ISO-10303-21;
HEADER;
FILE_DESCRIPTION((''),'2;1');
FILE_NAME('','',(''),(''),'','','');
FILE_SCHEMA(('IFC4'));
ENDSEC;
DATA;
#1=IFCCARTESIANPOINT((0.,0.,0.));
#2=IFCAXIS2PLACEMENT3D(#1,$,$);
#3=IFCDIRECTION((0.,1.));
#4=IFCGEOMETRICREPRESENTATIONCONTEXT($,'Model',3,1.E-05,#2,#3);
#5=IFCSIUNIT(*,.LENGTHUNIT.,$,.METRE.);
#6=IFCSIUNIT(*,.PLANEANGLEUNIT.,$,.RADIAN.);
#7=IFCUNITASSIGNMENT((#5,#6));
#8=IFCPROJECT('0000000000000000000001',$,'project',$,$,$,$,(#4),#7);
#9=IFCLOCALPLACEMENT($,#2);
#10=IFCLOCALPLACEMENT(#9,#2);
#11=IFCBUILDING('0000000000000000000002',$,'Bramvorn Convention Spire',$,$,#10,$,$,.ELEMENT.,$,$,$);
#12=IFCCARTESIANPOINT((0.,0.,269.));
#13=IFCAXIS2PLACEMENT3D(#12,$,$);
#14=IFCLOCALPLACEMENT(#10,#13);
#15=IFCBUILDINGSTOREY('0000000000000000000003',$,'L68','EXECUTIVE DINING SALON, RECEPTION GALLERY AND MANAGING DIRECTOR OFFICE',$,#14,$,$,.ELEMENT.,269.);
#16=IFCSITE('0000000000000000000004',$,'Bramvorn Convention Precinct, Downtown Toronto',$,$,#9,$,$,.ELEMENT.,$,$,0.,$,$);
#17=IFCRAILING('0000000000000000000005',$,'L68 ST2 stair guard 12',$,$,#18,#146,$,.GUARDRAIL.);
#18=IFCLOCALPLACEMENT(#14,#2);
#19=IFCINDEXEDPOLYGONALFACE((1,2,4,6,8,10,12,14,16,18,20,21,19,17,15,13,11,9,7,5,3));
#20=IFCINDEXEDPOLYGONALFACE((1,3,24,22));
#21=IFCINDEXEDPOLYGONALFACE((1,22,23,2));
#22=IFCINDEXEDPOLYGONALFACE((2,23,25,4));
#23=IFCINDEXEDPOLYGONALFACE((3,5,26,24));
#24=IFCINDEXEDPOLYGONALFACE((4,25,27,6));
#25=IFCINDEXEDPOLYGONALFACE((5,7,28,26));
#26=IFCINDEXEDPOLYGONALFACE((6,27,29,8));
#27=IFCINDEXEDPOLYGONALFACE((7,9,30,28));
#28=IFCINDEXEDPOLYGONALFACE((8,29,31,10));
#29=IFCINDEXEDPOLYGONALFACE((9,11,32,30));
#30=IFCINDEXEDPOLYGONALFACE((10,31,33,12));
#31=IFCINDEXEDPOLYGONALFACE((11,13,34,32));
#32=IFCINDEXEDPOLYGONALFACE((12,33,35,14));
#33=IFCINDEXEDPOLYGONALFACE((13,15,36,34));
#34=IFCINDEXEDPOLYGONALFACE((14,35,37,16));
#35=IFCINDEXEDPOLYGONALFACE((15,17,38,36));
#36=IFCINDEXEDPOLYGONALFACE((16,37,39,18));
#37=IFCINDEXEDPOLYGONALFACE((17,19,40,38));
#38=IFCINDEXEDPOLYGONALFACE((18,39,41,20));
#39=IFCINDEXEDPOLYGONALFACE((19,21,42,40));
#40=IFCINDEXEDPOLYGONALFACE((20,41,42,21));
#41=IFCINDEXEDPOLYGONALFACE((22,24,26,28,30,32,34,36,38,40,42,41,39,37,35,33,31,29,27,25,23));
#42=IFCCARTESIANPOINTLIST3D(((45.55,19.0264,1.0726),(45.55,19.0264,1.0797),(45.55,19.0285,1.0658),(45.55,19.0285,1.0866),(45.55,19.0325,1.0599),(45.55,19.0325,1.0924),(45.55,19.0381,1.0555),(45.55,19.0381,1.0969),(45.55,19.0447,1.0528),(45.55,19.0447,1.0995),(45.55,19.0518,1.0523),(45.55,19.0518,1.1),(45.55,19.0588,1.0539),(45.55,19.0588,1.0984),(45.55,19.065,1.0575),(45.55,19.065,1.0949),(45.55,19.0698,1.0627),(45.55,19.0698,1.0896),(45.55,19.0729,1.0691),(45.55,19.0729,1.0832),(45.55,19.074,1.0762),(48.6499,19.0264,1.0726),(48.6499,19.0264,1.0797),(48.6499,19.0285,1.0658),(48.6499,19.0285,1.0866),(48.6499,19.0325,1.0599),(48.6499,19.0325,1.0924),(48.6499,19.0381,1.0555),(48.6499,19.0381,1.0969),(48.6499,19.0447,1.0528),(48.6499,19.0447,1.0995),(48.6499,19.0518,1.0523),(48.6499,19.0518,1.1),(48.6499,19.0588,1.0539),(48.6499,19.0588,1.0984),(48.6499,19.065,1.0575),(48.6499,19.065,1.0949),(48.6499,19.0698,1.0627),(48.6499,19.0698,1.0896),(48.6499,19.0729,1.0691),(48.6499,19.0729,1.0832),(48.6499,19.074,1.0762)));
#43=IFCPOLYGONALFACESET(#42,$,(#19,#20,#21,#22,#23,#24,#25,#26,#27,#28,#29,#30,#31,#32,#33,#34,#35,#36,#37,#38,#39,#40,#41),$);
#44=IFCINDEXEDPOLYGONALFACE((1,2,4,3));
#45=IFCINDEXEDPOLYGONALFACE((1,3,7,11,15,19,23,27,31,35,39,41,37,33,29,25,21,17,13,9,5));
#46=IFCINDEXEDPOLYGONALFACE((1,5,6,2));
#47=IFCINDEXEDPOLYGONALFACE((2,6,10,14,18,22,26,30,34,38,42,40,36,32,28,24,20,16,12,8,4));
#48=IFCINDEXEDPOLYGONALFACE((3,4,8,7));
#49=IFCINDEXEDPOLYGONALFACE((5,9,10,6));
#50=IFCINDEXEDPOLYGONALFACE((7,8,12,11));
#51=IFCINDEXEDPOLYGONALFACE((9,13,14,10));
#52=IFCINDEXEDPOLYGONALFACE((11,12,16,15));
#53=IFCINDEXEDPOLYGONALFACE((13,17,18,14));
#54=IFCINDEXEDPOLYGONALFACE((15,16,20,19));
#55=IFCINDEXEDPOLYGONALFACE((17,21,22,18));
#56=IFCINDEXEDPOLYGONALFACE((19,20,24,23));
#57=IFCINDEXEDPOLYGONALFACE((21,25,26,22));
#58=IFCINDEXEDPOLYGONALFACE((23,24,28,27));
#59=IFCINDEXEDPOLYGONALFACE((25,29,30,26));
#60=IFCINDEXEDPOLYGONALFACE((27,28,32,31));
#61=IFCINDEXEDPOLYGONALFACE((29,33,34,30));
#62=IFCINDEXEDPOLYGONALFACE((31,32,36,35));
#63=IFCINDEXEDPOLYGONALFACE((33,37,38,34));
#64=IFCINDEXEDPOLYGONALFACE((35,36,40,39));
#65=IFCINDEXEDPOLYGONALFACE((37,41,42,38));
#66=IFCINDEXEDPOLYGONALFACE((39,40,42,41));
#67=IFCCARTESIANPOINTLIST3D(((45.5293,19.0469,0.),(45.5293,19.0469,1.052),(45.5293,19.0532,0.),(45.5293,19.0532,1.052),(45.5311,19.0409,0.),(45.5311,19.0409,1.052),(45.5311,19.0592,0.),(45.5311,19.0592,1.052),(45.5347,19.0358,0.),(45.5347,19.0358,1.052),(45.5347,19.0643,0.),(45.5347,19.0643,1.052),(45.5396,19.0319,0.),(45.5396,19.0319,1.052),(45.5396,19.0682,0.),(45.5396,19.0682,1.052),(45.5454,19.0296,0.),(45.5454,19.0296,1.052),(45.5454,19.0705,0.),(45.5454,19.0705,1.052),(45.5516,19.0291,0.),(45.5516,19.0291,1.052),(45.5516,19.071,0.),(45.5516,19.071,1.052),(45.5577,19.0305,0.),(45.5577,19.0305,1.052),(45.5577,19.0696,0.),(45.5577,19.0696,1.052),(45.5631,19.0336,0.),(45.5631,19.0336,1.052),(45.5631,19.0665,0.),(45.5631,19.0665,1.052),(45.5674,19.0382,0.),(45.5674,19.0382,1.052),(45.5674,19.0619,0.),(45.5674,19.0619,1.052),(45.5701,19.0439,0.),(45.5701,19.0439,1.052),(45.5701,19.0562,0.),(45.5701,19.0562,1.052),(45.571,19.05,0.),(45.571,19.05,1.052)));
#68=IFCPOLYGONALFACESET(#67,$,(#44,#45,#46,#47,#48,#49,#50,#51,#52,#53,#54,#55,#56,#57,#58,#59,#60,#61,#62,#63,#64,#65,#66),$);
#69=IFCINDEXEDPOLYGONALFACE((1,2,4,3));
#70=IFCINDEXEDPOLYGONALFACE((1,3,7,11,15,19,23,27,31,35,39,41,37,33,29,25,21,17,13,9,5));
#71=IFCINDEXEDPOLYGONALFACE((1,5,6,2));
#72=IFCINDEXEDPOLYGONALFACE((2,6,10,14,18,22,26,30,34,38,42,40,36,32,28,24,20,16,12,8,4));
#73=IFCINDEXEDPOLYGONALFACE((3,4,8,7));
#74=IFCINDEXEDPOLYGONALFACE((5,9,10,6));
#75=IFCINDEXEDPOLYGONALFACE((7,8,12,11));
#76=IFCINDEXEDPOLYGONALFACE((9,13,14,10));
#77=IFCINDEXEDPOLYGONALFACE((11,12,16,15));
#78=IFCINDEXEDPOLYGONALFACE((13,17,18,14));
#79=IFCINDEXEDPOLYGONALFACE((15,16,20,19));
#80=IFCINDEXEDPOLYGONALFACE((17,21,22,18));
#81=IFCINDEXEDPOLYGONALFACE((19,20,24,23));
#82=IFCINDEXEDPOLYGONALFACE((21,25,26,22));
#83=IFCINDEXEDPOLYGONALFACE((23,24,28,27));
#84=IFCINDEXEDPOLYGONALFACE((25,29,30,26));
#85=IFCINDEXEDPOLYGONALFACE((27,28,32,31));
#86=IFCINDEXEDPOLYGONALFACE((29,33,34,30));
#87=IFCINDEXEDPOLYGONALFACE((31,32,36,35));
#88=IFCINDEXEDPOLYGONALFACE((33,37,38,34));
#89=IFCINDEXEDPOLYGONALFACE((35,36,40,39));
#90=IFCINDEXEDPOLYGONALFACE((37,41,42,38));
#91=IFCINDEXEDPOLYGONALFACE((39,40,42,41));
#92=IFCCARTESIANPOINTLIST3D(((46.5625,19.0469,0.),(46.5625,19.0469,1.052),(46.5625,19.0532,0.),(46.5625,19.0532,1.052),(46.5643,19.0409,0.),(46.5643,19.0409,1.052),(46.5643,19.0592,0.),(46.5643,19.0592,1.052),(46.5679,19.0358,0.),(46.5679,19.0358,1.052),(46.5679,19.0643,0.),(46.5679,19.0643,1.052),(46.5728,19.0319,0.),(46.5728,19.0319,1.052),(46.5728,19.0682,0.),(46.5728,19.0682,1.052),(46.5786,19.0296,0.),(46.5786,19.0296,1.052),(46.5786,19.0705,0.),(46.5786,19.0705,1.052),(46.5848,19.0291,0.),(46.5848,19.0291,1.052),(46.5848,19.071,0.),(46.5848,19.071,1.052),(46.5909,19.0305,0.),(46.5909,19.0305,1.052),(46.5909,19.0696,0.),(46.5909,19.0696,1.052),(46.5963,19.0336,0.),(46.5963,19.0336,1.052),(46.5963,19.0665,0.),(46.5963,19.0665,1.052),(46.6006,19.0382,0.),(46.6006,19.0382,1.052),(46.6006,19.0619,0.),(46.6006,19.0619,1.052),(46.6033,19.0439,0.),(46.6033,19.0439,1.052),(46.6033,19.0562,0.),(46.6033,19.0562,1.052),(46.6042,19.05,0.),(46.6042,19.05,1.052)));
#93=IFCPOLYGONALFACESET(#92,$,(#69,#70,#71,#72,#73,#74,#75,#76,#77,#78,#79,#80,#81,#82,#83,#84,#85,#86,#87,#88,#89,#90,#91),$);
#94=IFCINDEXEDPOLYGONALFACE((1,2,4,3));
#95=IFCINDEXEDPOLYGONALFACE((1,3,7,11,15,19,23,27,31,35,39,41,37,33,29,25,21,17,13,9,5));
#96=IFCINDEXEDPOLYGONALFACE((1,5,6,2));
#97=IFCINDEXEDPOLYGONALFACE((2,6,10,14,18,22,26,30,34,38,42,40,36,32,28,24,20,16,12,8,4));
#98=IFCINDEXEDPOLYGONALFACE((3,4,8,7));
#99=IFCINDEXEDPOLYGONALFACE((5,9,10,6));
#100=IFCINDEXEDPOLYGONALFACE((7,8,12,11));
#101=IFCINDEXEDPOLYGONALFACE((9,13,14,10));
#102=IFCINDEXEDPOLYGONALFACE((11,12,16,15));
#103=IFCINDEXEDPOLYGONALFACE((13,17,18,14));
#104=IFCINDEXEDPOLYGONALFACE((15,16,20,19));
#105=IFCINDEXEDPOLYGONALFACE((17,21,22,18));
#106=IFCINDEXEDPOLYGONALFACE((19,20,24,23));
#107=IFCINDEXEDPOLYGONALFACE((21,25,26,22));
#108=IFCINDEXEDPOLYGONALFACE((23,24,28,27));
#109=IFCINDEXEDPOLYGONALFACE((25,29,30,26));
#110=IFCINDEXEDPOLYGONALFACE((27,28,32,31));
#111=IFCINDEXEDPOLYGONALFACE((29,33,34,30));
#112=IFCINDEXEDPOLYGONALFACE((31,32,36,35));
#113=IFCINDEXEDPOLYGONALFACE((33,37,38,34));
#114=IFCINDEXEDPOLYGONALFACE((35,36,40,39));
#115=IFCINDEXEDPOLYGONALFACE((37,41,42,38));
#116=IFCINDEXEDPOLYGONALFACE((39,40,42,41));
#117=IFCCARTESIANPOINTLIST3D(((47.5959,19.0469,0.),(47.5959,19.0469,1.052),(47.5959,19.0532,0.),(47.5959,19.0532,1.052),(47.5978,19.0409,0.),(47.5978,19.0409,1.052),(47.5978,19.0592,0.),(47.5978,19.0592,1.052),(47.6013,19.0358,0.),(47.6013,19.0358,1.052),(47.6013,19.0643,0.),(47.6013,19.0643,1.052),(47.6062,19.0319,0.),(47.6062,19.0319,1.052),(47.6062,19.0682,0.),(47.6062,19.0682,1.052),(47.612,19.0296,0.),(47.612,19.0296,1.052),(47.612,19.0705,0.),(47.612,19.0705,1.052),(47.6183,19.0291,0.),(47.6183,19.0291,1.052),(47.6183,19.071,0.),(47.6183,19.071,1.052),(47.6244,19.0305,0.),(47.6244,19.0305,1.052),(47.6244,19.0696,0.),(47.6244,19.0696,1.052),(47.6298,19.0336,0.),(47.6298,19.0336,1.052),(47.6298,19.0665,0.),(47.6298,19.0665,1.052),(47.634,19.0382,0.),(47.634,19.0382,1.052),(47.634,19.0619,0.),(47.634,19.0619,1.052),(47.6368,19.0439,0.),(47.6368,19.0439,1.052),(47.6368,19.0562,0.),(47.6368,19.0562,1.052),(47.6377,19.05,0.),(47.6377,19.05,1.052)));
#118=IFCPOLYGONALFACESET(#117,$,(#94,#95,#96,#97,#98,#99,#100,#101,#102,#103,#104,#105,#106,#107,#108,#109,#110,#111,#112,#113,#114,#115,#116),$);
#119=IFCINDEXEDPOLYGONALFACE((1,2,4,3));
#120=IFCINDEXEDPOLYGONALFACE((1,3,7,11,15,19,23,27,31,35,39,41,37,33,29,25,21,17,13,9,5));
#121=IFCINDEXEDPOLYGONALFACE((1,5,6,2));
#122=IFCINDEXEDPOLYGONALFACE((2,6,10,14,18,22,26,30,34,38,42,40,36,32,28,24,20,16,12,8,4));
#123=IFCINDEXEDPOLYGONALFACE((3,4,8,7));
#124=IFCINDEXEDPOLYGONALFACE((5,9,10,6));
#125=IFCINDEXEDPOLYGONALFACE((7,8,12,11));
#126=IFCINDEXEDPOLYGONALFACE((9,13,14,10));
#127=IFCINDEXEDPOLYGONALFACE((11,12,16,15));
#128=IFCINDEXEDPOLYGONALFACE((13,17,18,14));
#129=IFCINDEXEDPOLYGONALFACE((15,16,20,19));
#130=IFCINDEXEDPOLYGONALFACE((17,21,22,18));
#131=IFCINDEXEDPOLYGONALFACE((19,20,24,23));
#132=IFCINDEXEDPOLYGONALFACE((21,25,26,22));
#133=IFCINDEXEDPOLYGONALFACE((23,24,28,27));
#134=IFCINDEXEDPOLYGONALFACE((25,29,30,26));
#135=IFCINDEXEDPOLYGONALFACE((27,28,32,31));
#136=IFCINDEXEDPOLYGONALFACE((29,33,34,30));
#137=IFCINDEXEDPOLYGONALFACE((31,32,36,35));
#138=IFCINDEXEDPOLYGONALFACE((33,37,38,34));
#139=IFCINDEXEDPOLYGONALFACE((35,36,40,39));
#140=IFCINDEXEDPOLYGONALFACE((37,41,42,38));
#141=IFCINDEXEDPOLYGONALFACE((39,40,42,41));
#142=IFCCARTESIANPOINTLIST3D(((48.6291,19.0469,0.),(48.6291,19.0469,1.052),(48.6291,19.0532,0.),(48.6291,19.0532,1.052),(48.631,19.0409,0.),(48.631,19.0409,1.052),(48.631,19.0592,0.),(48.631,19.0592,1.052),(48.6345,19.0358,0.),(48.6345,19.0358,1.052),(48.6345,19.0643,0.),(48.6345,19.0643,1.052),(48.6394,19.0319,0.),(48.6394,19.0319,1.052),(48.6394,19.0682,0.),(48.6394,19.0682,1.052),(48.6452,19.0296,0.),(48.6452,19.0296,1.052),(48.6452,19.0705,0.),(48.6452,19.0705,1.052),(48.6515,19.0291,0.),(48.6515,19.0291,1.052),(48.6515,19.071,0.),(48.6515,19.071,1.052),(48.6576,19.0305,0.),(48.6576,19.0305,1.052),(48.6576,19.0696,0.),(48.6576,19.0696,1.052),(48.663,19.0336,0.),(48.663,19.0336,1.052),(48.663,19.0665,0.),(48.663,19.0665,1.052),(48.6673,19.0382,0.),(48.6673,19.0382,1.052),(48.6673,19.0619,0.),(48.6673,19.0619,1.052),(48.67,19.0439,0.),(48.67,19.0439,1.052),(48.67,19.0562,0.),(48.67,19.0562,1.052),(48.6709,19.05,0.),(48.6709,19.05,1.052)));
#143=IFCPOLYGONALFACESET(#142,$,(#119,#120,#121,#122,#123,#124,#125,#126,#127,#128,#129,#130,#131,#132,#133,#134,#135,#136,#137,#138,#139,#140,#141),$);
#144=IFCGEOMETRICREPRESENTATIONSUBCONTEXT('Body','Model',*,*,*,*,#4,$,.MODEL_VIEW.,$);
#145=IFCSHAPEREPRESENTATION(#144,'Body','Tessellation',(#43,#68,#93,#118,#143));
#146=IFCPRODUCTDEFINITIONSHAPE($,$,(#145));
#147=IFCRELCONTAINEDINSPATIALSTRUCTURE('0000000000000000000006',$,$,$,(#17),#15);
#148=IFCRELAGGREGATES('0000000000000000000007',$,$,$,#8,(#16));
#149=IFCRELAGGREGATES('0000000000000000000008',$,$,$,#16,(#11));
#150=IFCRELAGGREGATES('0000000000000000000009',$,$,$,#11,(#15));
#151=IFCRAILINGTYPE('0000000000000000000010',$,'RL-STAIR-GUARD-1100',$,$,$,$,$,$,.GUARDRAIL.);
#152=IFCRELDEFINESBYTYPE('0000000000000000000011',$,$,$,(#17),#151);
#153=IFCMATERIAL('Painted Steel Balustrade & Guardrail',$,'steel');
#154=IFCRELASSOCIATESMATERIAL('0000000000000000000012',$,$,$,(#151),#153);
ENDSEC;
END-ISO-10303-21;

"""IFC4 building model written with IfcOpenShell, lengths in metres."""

from ifc_helpers import new_model, si_unit, direction, frame, origin, origin_2d, place, context, subcontext, project, spatial, circle, extrude, material, type_object, element, save


model = new_model("IFC4")

# Units and contexts
model_context = context("Model", 3, precision=1e-05, world=origin(), true_north=direction((0.0, 1.0)))
body_context = subcontext(model_context, "Body", "Model", "MODEL_VIEW")
ifc_project = project(units=[si_unit("LENGTHUNIT", "METRE"), si_unit("PLANEANGLEUNIT", "RADIAN")], contexts=[model_context])

# Site, building, storey
site_placement = place(None, origin())
site = spatial("IfcSite", under=ifc_project, at=site_placement, Name="Bramvorn Convention Precinct, Downtown Toronto", CompositionType="ELEMENT", RefElevation=0.0)
building_placement = place(site_placement, origin())
building = spatial("IfcBuilding", under=site, at=building_placement, Name="Bramvorn Convention Spire", CompositionType="ELEMENT")
storey_placement = place(building_placement, frame((0.0, 0.0, 269.0)))
storey = spatial("IfcBuildingStorey", under=building, at=storey_placement, Name="L68", Description="EXECUTIVE DINING SALON, RECEPTION GALLERY AND MANAGING DIRECTOR OFFICE", CompositionType="ELEMENT", Elevation=269.0)

# Railing
ifc_material_1 = material(Name="Painted Steel Balustrade & Guardrail", Category="steel")
railing_type = type_object("IfcRailingType", Name="RL-STAIR-GUARD-1100", PredefinedType="GUARDRAIL", material=ifc_material_1)
railing_1_placement = place(storey_placement, frame((45.55, 19.05, 0.0)))
element("IfcRailing", 1, at=railing_1_placement, inside=storey, type_object=railing_type, Name="L68 ST2 stair guard 12", PredefinedType="GUARDRAIL", context=body_context, shape_type="SweptSolid", body=[
    extrude(circle(Radius=0.0239, at=origin_2d()), frame((0.0, 0.0, 1.0762), z_axis=(1.0, 0.0, 0.0), x_axis=(0.0, 1.0, 0.0)), (0.0, 0.0, 1.0), 3.0999),
    extrude(circle(Radius=0.021, at=origin_2d()), origin(), (0.0, 0.0, 1.0), 1.052),
    extrude(circle(Radius=0.021, at=origin_2d()), frame((1.0332, 0.0, 0.0)), (0.0, 0.0, 1.0), 1.052),
    extrude(circle(Radius=0.021, at=origin_2d()), frame((2.0667, 0.0, 0.0)), (0.0, 0.0, 1.0), 1.052),
    extrude(circle(Radius=0.021, at=origin_2d()), frame((3.0999, 0.0, 0.0)), (0.0, 0.0, 1.0), 1.052),
])

save(model, "model.ifc")
